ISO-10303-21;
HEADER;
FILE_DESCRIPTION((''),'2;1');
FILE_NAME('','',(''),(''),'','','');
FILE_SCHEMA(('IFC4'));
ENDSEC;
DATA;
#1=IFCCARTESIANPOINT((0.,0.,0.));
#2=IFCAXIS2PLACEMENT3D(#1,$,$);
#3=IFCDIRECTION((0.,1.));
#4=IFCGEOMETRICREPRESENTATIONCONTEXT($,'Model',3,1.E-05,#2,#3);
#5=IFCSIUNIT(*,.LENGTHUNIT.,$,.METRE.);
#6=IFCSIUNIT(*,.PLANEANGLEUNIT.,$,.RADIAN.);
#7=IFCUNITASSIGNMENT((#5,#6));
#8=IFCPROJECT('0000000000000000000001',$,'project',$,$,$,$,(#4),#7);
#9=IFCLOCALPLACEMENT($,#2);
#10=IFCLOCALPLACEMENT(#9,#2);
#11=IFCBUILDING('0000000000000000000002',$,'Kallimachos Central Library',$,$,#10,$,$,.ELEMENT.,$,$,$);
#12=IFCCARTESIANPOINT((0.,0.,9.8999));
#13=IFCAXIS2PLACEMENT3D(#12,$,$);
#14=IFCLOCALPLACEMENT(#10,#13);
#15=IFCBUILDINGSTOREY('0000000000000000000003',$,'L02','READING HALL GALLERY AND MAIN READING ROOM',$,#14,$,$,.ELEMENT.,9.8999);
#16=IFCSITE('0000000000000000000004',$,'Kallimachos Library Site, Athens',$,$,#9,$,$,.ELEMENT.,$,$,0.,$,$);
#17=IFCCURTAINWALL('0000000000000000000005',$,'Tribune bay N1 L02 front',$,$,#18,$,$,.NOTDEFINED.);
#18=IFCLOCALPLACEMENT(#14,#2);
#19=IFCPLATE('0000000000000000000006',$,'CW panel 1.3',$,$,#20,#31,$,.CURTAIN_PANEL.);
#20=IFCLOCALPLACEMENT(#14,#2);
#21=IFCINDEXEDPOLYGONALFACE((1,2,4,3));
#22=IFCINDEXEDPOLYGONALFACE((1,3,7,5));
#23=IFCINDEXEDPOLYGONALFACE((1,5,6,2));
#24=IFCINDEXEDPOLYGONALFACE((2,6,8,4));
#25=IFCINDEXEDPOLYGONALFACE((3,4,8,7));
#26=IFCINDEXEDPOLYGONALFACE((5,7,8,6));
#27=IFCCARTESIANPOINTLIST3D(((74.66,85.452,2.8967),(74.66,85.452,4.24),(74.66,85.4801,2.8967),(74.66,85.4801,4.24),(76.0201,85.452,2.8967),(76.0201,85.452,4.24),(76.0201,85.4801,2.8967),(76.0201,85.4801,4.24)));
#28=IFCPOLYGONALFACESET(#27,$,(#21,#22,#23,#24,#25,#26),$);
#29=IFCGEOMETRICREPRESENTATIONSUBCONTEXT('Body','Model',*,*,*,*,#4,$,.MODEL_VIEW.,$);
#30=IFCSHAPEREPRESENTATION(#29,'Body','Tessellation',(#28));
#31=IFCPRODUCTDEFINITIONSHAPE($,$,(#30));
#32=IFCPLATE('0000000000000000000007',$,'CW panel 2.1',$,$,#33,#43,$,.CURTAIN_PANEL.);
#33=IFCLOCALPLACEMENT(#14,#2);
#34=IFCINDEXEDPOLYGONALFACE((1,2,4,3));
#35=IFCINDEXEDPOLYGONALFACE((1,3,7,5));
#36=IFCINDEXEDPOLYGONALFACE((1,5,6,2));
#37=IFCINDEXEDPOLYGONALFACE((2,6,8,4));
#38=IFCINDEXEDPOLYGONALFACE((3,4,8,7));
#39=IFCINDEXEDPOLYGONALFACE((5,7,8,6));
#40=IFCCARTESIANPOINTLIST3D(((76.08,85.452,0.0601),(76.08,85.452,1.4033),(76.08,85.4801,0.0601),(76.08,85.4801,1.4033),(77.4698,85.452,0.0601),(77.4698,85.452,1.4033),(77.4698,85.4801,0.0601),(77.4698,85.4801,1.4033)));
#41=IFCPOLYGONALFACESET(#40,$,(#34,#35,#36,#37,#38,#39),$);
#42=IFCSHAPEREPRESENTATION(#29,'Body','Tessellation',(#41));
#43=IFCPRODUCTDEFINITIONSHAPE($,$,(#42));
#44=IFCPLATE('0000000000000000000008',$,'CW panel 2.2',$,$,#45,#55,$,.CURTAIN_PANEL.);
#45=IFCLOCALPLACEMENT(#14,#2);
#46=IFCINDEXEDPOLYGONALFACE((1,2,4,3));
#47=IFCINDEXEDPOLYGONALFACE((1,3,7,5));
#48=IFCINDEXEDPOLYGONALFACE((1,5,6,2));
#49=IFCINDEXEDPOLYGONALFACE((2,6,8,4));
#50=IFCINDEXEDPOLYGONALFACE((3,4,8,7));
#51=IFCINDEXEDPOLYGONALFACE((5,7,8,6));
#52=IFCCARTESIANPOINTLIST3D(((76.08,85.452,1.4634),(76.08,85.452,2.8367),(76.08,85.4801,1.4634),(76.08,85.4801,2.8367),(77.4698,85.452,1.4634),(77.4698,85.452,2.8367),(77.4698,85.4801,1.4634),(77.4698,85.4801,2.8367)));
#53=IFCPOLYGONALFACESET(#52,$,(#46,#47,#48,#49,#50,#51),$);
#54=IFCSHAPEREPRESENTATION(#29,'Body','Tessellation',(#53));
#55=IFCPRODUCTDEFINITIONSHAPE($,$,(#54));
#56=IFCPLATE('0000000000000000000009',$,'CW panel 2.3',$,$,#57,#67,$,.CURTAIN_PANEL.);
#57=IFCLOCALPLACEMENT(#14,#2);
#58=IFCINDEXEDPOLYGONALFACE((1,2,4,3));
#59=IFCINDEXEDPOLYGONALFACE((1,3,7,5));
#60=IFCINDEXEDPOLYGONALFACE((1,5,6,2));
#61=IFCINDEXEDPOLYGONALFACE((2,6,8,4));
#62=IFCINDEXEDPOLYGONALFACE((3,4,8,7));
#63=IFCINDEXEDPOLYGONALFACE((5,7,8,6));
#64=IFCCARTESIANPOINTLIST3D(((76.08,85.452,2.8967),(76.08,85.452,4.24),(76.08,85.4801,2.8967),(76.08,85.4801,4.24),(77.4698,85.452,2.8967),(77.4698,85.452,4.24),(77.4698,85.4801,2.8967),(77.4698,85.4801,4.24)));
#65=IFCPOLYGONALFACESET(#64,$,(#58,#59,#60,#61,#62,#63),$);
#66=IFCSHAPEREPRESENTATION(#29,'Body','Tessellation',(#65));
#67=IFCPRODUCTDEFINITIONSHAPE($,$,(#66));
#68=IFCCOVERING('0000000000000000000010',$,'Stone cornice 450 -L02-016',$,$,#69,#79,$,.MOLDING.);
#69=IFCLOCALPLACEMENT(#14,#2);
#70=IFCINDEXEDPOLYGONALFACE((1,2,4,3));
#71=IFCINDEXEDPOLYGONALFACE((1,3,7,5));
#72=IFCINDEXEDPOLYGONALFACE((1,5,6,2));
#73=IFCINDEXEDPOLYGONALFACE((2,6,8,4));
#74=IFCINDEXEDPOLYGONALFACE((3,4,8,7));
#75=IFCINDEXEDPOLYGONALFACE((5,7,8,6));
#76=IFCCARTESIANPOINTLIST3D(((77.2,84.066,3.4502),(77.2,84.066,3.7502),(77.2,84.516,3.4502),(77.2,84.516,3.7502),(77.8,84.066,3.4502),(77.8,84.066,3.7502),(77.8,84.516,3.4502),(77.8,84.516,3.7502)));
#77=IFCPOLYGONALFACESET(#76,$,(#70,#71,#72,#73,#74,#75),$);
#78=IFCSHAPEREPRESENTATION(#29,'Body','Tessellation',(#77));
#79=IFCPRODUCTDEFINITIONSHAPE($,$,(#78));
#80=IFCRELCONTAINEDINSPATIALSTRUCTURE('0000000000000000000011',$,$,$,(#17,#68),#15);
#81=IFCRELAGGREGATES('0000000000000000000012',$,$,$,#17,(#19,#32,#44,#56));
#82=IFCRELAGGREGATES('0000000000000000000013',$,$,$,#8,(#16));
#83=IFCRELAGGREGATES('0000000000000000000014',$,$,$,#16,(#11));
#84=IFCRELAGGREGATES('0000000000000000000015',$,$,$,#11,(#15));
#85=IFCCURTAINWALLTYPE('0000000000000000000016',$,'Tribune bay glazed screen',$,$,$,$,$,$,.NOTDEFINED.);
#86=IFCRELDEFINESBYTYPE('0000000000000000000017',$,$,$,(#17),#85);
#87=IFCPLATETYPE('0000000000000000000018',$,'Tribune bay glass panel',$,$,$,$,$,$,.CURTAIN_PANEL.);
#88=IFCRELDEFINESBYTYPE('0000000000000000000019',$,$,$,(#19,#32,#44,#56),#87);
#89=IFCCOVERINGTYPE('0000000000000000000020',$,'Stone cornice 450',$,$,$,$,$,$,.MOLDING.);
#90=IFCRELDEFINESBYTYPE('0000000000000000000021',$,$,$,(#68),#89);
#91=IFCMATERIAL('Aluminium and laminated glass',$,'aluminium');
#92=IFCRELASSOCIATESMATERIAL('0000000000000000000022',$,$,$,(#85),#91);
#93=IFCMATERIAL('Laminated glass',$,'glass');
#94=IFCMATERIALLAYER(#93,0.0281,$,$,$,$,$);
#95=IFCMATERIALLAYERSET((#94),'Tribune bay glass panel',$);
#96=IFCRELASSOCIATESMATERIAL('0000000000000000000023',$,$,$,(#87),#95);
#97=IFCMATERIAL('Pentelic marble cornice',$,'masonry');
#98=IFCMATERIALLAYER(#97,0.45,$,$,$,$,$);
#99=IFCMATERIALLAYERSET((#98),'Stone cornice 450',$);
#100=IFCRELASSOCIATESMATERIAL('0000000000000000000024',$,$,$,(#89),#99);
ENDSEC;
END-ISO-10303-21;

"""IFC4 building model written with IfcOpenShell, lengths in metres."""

from ifc_helpers import new_model, si_unit, direction, frame, origin, origin_2d, place, context, subcontext, project, spatial, rectangle, extrude, material, layer, layer_set, type_object, element, aggregate, save


model = new_model("IFC4")

# Units and contexts
model_context = context("Model", 3, precision=1e-05, world=origin(), true_north=direction((0.0, 1.0)))
body_context = subcontext(model_context, "Body", "Model", "MODEL_VIEW")
ifc_project = project(units=[si_unit("LENGTHUNIT", "METRE"), si_unit("PLANEANGLEUNIT", "RADIAN")], contexts=[model_context])

# Site, building, storey
site_placement = place(None, origin())
site = spatial("IfcSite", under=ifc_project, at=site_placement, Name="Kallimachos Library Site, Athens", CompositionType="ELEMENT", RefElevation=0.0)
building_placement = place(site_placement, origin())
building = spatial("IfcBuilding", under=site, at=building_placement, Name="Kallimachos Central Library", CompositionType="ELEMENT")
storey_placement = place(building_placement, frame((0.0, 0.0, 9.8999)))
storey = spatial("IfcBuildingStorey", under=building, at=storey_placement, Name="L02", Description="READING HALL GALLERY AND MAIN READING ROOM", CompositionType="ELEMENT", Elevation=9.8999)

# Curtain wall
ifc_material_1 = material(Name="Aluminium and laminated glass", Category="aluminium")
curtain_wall_type_1 = type_object("IfcCurtainWallType", Name="Tribune bay glazed screen", PredefinedType="NOTDEFINED", material=ifc_material_1)
curtain_wall_1_placement = place(storey_placement, origin())
curtain_wall_1 = element("IfcCurtainWall", 1, at=curtain_wall_1_placement, inside=storey, type_object=curtain_wall_type_1, Name="Tribune bay N1 L02 front", PredefinedType="NOTDEFINED")

# Plates
ifc_material_2 = material(Name="Laminated glass", Category="glass")
ifc_layer_1 = layer(ifc_material_2, 0.0281)
ifc_layer_set_1 = layer_set([ifc_layer_1], Name="Tribune bay glass panel")
plate_type_1 = type_object("IfcPlateType", Name="Tribune bay glass panel", PredefinedType="CURTAIN_PANEL", material=ifc_layer_set_1)
plate_1_placement = place(storey_placement, frame((75.3401, 85.4661, 2.8967), z_axis=(0.0, 0.0, 1.0), x_axis=(1.0, 0.0, 0.0)))
plate_1 = element("IfcPlate", 2, at=plate_1_placement, type_object=plate_type_1, Name="CW panel 1.3", PredefinedType="CURTAIN_PANEL", context=body_context, shape_type="SweptSolid", body=[
    extrude(rectangle(XDim=1.3601, YDim=0.0281, at=origin_2d()), origin(), (0.0, 0.0, 1.0), 1.3433),
])
plate_2_placement = place(storey_placement, frame((76.7749, 85.4661, 0.0601), z_axis=(0.0, 0.0, 1.0), x_axis=(1.0, 0.0, 0.0)))
plate_2 = element("IfcPlate", 3, at=plate_2_placement, type_object=plate_type_1, Name="CW panel 2.1", PredefinedType="CURTAIN_PANEL", context=body_context, shape_type="SweptSolid", body=[
    extrude(rectangle(XDim=1.3899, YDim=0.0281, at=origin_2d()), origin(), (0.0, 0.0, 1.0), 1.3433),
])
plate_3_placement = place(storey_placement, frame((76.7749, 85.4661, 1.4634), z_axis=(0.0, 0.0, 1.0), x_axis=(1.0, 0.0, 0.0)))
plate_3 = element("IfcPlate", 4, at=plate_3_placement, type_object=plate_type_1, Name="CW panel 2.2", PredefinedType="CURTAIN_PANEL", context=body_context, shape_type="SweptSolid", body=[
    extrude(rectangle(XDim=1.3899, YDim=0.0281, at=origin_2d()), origin(), (0.0, 0.0, 1.0), 1.3733),
])
plate_4_placement = place(storey_placement, frame((76.7749, 85.4661, 2.8967), z_axis=(0.0, 0.0, 1.0), x_axis=(1.0, 0.0, 0.0)))
plate_4 = element("IfcPlate", 5, at=plate_4_placement, type_object=plate_type_1, Name="CW panel 2.3", PredefinedType="CURTAIN_PANEL", context=body_context, shape_type="SweptSolid", body=[
    extrude(rectangle(XDim=1.3899, YDim=0.0281, at=origin_2d()), origin(), (0.0, 0.0, 1.0), 1.3433),
])
aggregate(curtain_wall_1, [plate_1, plate_2, plate_3, plate_4])

# Covering
ifc_material_3 = material(Name="Pentelic marble cornice", Category="masonry")
ifc_layer_2 = layer(ifc_material_3, 0.45)
ifc_layer_set_2 = layer_set([ifc_layer_2], Name="Stone cornice 450")
covering_type = type_object("IfcCoveringType", Name="Stone cornice 450", PredefinedType="MOLDING", material=ifc_layer_set_2)
covering_placement = place(storey_placement, frame((77.5, 84.291, 3.4502), z_axis=(0.0, 0.0, 1.0), x_axis=(1.0, 0.0, 0.0)))
element("IfcCovering", 6, at=covering_placement, inside=storey, type_object=covering_type, Name="Stone cornice 450 -L02-016", PredefinedType="MOLDING", context=body_context, shape_type="SweptSolid", body=[
    extrude(rectangle(XDim=0.6001, YDim=0.45, at=origin_2d()), origin(), (0.0, 0.0, 1.0), 0.3),
])

save(model, "model.ifc")
